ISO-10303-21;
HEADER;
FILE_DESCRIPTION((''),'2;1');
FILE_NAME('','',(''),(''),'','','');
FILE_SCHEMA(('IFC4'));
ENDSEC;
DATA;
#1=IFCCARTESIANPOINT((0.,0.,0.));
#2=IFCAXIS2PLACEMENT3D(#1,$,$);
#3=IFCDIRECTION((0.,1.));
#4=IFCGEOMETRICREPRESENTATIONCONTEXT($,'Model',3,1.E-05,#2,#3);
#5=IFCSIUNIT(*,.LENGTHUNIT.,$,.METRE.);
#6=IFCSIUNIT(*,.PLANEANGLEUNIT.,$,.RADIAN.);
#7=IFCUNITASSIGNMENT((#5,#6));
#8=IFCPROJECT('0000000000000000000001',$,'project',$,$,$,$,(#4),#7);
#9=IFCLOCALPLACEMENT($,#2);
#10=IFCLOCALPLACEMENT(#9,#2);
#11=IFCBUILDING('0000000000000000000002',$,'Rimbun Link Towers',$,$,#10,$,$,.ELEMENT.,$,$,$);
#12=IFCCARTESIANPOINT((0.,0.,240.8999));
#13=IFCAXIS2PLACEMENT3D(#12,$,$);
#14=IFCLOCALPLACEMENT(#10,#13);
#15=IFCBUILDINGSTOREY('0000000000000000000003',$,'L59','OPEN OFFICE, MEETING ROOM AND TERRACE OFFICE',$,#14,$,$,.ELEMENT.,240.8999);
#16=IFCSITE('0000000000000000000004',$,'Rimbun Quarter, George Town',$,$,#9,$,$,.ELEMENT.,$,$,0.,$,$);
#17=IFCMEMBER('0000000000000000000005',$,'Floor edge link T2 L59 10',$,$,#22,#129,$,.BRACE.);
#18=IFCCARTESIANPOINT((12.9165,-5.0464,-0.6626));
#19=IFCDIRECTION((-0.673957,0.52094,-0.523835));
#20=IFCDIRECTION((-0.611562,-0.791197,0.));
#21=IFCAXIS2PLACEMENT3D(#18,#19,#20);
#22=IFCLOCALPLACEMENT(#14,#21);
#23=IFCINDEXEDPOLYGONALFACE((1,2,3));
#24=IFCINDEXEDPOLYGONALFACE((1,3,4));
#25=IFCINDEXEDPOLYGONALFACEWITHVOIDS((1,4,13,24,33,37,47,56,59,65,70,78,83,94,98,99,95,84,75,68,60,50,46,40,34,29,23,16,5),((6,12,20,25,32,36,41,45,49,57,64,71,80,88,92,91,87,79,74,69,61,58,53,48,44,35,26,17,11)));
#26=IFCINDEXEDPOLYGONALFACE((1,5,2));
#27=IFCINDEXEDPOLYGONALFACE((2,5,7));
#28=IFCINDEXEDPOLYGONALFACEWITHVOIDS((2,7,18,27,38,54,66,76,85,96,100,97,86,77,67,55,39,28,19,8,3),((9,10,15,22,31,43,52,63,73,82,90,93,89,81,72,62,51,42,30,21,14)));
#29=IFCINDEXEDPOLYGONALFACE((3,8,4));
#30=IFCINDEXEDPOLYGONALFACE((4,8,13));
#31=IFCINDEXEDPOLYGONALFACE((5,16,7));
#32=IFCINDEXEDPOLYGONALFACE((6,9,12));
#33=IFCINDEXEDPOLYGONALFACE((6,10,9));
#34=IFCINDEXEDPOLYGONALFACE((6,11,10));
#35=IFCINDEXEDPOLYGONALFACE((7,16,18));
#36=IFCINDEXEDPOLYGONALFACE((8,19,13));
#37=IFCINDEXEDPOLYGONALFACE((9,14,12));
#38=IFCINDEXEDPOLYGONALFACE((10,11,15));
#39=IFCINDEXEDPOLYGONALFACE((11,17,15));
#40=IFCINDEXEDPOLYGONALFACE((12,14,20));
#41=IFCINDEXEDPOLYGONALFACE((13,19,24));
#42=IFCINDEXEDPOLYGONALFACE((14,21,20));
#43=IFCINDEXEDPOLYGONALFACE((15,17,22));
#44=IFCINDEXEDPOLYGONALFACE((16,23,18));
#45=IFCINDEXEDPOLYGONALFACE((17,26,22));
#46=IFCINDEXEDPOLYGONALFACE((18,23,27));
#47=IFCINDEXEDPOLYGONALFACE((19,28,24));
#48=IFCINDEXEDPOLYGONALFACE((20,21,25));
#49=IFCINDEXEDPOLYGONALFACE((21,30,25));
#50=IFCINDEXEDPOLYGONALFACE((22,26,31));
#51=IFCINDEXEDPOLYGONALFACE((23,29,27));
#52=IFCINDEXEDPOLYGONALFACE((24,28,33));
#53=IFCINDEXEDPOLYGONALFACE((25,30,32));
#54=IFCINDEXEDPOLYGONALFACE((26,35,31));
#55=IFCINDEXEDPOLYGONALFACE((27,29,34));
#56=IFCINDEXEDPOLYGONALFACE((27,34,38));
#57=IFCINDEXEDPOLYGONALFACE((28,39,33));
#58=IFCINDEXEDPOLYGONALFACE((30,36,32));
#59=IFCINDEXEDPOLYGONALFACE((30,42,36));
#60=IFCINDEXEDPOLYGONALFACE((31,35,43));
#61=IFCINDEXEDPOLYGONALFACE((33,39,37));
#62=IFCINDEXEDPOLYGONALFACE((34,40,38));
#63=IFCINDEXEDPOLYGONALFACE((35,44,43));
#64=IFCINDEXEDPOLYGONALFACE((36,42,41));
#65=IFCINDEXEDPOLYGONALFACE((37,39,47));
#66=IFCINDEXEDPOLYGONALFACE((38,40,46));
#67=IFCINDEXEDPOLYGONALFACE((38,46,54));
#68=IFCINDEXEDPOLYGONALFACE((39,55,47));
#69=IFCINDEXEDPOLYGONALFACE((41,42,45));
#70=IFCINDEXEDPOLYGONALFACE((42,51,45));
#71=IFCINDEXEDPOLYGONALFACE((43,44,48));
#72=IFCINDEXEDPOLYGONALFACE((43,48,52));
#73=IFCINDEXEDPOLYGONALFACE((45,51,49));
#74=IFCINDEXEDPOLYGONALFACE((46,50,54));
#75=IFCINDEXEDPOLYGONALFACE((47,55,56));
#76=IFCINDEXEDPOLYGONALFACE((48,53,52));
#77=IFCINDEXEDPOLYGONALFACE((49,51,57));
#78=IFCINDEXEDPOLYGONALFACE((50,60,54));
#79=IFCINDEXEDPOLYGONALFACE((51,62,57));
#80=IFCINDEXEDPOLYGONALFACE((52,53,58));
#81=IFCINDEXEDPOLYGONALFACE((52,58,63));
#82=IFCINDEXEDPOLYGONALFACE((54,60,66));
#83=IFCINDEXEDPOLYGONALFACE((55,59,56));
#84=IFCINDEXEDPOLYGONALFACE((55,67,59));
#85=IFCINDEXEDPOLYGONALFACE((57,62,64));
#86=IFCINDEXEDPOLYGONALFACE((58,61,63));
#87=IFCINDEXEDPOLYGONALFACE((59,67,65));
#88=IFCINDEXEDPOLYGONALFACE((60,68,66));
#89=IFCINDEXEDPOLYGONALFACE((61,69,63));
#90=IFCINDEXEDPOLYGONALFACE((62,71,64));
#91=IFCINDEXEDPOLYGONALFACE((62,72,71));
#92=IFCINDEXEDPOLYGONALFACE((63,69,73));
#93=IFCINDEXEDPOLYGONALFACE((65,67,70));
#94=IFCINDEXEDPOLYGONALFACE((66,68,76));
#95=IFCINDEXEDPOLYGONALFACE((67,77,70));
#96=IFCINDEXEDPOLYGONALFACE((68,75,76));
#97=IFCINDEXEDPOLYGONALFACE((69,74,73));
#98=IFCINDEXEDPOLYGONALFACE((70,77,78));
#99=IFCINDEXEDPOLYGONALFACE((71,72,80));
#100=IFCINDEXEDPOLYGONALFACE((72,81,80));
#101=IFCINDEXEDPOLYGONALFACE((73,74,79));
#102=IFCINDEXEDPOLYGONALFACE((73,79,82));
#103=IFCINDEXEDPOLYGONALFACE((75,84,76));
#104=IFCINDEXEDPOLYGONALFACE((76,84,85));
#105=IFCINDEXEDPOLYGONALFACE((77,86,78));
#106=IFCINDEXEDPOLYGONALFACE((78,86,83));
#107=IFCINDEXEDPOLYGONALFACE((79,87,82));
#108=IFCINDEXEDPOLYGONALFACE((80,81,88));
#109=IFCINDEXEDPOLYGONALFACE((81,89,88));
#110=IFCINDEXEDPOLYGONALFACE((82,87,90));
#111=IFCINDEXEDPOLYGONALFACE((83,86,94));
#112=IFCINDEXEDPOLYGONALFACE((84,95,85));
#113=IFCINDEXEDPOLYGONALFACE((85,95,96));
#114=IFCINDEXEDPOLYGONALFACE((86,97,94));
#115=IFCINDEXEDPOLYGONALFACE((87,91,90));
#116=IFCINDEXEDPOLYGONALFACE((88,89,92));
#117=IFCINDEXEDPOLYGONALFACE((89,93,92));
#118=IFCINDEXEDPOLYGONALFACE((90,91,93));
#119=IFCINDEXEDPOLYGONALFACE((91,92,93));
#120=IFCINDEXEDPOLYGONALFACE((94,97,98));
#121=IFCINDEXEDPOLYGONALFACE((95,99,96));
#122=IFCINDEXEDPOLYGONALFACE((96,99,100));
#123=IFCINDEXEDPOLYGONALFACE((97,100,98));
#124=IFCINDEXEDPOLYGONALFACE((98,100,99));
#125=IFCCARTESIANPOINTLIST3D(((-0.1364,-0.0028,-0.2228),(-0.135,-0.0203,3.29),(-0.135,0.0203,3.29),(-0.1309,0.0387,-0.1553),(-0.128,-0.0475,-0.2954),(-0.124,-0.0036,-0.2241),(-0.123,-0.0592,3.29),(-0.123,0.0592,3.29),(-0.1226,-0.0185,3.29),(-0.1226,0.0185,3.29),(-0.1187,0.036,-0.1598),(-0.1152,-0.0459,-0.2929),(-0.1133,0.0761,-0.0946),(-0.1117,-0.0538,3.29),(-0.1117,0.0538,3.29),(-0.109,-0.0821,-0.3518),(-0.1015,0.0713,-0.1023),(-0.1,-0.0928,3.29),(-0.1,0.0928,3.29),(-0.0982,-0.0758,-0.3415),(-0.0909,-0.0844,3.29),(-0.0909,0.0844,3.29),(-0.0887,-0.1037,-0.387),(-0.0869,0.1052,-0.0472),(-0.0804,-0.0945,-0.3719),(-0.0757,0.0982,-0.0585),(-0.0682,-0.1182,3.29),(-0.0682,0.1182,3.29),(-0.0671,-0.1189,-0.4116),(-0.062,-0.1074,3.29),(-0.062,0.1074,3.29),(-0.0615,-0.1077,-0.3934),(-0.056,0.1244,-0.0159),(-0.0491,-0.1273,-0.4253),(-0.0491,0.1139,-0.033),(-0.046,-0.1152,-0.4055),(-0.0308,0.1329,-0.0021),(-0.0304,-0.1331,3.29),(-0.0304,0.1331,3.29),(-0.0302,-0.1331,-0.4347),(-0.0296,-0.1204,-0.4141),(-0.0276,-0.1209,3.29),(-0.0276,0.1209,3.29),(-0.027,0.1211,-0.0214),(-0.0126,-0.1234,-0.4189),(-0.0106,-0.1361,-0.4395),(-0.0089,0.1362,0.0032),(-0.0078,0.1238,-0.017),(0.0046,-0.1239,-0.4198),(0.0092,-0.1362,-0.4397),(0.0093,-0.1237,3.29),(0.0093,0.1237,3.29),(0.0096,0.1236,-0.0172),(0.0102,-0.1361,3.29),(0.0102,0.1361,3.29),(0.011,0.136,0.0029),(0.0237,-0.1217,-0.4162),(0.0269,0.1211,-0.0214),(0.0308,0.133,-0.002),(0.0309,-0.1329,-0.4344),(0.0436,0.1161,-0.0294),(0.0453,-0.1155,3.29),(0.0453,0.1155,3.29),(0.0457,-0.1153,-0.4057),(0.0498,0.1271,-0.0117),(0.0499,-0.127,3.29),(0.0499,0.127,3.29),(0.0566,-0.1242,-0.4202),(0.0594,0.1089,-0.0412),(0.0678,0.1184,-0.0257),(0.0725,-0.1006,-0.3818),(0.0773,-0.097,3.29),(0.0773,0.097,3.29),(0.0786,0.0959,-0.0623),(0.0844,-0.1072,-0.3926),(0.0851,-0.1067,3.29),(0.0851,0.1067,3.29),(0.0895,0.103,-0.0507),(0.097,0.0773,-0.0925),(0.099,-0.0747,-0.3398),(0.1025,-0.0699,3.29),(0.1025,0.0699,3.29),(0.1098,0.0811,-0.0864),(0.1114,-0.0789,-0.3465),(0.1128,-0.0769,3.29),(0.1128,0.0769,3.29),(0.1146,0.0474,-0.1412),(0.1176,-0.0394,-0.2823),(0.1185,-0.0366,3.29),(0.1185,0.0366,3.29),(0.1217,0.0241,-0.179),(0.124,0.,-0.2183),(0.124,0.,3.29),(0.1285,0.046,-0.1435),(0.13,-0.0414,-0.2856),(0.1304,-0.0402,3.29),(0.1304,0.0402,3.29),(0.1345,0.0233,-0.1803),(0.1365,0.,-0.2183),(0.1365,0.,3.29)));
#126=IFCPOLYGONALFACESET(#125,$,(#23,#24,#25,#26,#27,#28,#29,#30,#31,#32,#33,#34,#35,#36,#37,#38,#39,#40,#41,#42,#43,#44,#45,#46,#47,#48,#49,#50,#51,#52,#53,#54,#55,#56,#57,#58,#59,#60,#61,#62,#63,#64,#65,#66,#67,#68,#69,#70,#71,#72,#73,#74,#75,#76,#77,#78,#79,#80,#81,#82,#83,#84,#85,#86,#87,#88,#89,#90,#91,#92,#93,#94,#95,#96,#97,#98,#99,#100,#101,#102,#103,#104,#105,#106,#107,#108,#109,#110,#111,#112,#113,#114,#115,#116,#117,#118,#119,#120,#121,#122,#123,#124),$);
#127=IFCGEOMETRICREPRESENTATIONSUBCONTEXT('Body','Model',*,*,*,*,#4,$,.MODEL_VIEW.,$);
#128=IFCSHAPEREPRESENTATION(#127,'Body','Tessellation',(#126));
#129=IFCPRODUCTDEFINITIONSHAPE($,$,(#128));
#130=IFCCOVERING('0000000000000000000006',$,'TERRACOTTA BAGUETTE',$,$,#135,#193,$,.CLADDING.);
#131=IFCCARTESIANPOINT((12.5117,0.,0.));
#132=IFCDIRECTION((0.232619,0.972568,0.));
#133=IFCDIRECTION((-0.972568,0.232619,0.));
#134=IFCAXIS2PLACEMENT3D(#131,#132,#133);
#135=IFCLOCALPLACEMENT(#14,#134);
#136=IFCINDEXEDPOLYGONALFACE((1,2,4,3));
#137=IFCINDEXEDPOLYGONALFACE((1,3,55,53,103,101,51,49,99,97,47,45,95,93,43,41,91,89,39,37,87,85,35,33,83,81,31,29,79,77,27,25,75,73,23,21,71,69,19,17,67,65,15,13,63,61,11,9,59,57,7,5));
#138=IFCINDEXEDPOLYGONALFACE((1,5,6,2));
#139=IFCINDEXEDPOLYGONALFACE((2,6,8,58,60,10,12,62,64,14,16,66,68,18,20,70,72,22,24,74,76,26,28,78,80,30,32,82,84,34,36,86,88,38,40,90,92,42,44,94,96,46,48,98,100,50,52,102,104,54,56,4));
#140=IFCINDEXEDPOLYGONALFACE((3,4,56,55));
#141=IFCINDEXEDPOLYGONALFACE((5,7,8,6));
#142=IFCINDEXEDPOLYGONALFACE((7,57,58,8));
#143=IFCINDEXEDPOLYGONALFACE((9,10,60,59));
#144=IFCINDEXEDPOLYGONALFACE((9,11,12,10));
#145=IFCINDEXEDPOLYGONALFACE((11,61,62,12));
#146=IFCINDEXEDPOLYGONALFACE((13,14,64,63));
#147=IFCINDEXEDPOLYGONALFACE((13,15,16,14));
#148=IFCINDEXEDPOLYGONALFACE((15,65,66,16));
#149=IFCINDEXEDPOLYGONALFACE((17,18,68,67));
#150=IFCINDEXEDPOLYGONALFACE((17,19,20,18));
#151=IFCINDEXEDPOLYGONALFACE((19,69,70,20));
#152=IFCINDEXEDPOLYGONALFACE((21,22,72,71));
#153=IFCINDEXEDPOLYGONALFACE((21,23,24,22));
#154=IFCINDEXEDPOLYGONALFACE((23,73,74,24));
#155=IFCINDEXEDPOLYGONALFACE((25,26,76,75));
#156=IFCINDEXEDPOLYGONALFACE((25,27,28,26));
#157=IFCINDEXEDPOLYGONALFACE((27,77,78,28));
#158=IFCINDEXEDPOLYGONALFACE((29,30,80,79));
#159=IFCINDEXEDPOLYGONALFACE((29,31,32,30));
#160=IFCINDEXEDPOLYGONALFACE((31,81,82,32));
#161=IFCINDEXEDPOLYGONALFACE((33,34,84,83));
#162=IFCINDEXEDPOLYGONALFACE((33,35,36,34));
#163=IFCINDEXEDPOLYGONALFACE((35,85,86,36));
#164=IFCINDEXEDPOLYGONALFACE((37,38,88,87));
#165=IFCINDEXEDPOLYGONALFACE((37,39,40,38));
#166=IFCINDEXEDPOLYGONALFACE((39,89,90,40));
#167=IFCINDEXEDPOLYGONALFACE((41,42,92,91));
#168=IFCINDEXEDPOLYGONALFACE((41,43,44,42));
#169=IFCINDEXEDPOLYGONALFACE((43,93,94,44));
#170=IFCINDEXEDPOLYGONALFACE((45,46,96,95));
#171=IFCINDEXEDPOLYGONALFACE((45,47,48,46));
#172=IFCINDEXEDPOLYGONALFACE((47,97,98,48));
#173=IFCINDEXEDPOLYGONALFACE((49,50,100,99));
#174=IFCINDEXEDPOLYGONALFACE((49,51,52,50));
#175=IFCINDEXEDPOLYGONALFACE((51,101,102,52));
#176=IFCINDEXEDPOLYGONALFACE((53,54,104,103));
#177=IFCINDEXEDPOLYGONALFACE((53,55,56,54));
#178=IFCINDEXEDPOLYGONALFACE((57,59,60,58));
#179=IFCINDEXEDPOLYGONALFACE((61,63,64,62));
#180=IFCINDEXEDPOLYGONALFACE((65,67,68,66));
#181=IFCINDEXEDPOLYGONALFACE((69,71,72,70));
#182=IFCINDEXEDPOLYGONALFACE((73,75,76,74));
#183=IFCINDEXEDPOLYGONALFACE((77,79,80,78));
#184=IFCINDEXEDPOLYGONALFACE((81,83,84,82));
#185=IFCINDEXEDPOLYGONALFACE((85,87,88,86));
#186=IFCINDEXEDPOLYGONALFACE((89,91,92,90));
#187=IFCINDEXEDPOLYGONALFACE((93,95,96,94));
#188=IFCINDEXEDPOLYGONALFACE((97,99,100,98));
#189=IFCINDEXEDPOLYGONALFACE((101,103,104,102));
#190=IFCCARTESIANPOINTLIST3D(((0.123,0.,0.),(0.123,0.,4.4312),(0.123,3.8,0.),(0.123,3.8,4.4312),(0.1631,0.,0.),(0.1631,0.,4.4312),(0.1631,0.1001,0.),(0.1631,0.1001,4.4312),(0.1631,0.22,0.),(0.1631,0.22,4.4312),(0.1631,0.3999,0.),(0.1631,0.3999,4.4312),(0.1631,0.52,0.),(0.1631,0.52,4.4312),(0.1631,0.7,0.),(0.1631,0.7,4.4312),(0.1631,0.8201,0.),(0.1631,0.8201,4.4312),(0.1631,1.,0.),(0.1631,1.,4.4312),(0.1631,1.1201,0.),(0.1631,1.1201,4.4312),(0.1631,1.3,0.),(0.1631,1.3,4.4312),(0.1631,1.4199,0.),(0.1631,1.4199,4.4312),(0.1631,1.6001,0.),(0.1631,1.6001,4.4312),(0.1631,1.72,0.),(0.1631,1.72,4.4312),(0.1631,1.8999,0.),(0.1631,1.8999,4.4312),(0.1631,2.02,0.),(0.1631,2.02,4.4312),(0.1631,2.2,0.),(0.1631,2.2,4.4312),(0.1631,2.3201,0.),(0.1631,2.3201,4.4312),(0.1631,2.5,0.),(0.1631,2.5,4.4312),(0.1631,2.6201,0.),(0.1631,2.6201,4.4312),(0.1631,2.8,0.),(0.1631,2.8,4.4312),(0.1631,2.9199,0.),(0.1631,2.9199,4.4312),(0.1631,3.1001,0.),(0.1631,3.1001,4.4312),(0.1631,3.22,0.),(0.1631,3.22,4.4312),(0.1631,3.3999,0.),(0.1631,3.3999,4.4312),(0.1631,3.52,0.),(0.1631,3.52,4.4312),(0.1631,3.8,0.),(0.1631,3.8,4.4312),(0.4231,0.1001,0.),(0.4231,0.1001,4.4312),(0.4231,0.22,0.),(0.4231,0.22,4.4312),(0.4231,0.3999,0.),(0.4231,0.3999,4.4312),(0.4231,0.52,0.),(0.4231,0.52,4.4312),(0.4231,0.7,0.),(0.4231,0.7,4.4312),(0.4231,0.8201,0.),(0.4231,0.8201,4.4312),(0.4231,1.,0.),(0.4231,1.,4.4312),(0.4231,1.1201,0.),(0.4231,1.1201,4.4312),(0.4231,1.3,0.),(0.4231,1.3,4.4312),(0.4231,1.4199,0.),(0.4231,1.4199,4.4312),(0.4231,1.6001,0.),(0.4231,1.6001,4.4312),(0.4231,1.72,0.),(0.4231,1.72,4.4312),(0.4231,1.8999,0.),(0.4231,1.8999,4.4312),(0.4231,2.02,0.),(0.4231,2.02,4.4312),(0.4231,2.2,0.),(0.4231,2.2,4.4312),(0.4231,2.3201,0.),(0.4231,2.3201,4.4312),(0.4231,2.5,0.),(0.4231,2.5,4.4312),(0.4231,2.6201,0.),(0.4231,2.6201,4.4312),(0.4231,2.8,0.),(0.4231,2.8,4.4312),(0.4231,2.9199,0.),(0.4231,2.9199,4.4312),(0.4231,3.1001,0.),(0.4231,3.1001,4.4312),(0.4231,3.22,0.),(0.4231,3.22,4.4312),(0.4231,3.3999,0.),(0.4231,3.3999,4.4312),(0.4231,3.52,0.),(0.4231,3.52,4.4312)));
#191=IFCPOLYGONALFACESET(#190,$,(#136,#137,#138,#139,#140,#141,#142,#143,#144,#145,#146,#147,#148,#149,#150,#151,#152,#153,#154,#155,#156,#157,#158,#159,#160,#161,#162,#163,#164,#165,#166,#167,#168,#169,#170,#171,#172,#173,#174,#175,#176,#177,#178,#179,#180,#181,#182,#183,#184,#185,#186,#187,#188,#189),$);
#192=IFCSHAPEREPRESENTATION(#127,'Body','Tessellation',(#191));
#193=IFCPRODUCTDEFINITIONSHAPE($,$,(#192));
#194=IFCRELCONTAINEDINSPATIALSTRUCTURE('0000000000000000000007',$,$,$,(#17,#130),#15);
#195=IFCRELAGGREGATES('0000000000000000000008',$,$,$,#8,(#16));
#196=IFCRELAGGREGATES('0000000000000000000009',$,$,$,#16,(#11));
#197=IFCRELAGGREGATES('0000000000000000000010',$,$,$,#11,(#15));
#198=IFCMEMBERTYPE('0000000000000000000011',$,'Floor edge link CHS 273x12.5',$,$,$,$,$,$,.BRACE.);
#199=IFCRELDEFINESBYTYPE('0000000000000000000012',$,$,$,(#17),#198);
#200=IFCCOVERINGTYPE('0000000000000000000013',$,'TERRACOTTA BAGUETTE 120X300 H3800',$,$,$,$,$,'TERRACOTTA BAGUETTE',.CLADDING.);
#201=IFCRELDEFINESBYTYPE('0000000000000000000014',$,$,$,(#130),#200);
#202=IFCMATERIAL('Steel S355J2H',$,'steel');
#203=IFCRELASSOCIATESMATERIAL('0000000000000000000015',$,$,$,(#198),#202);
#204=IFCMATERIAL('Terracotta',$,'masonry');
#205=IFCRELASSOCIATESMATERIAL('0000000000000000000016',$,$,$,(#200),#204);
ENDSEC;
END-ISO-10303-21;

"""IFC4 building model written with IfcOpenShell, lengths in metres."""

from ifc_helpers import new_model, si_unit, direction, frame, origin, origin_2d, place, context, subcontext, project, spatial, polyline, hollow_circle, outline, extrude, clip, halfspace, material, material_profile, profile_set, type_object, element, save


model = new_model("IFC4")

# Units and contexts
model_context = context("Model", 3, precision=1e-05, world=origin(), true_north=direction((0.0, 1.0)))
body_context = subcontext(model_context, "Body", "Model", "MODEL_VIEW")
ifc_project = project(units=[si_unit("LENGTHUNIT", "METRE"), si_unit("PLANEANGLEUNIT", "RADIAN")], contexts=[model_context])

# Site, building, storey
site_placement = place(None, origin())
site = spatial("IfcSite", under=ifc_project, at=site_placement, Name="Rimbun Quarter, George Town", CompositionType="ELEMENT", RefElevation=0.0)
building_placement = place(site_placement, origin())
building = spatial("IfcBuilding", under=site, at=building_placement, Name="Rimbun Link Towers", CompositionType="ELEMENT")
storey_placement = place(building_placement, frame((0.0, 0.0, 240.8999)))
storey = spatial("IfcBuildingStorey", under=building, at=storey_placement, Name="L59", Description="OPEN OFFICE, MEETING ROOM AND TERRACE OFFICE", CompositionType="ELEMENT", Elevation=240.8999)

# Member
ifc_material_1 = material(Name="Steel S355J2H", Category="steel")
ifc_material_profile_1 = material_profile(ifc_material_1, hollow_circle(Radius=0.1365, WallThickness=0.0125, at=origin_2d()), Name="CHS 273x12.5")
ifc_profile_set_1 = profile_set([ifc_material_profile_1], Name="Steel S355J2H")
member_type_1 = type_object("IfcMemberType", Name="Floor edge link CHS 273x12.5", PredefinedType="BRACE", material=ifc_profile_set_1)
member_1_placement = place(storey_placement, frame((12.9165, -5.0464, -0.6626), z_axis=(-0.673957, 0.52094, -0.523835), x_axis=(-0.611562, -0.791197, 0.0)))
element("IfcMember", 1, at=member_1_placement, inside=storey, type_object=member_type_1, Name="Floor edge link T2 L59 10", PredefinedType="BRACE", context=body_context, shape_type="Clipping", body=[
    clip(extrude(hollow_circle(Radius=0.1365, WallThickness=0.0125, at=origin_2d()), frame((0.0, 0.0, -0.4629)), (0.0, 0.0, 1.0), 3.7529), halfspace(frame((0.0, 0.0, -0.2183), z_axis=(0.0, 0.85182, -0.523835)), False)),
])

# Covering
ifc_material_2 = material(Name="Terracotta", Category="masonry")
ifc_material_profile_2 = material_profile(ifc_material_2, outline(polyline([(0.123, 0.0), (0.1631, 0.0), (0.1631, 0.1001), (0.4231, 0.1001), (0.4231, 0.22), (0.1631, 0.22), (0.1631, 0.3999), (0.4231, 0.3999), (0.4231, 0.52), (0.1631, 0.52), (0.1631, 0.7), (0.4231, 0.7), (0.4231, 0.8201), (0.1631, 0.8201), (0.1631, 1.0), (0.4231, 1.0), (0.4231, 1.1201), (0.1631, 1.1201), (0.1631, 1.3), (0.4231, 1.3), (0.4231, 1.4199), (0.1631, 1.4199), (0.1631, 1.6001), (0.4231, 1.6001), (0.4231, 1.72), (0.1631, 1.72), (0.1631, 1.8999), (0.4231, 1.8999), (0.4231, 2.02), (0.1631, 2.02), (0.1631, 2.2), (0.4231, 2.2), (0.4231, 2.3201), (0.1631, 2.3201), (0.1631, 2.5), (0.4231, 2.5), (0.4231, 2.6201), (0.1631, 2.6201), (0.1631, 2.8), (0.4231, 2.8), (0.4231, 2.9199), (0.1631, 2.9199), (0.1631, 3.1001), (0.4231, 3.1001), (0.4231, 3.22), (0.1631, 3.22), (0.1631, 3.3999), (0.4231, 3.3999), (0.4231, 3.52), (0.1631, 3.52), (0.1631, 3.8), (0.123, 3.8), (0.123, 0.0)])), Name="BAGUETTE 120X300")
ifc_profile_set_2 = profile_set([ifc_material_profile_2], Name="Terracotta")
covering_type_1 = type_object("IfcCoveringType", Name="TERRACOTTA BAGUETTE 120X300 H3800", ElementType="TERRACOTTA BAGUETTE", PredefinedType="CLADDING", material=ifc_profile_set_2)
covering_1_placement = place(storey_placement, frame((12.5117, 0.0, 0.0), z_axis=(0.232619, 0.972568, 0.0), x_axis=(-0.972568, 0.232619, 0.0)))
element("IfcCovering", 2, at=covering_1_placement, inside=storey, type_object=covering_type_1, Name="TERRACOTTA BAGUETTE", PredefinedType="CLADDING", context=body_context, shape_type="SweptSolid", body=[
    extrude(outline(polyline([(0.123, 0.0), (0.1631, 0.0), (0.1631, 0.1001), (0.4231, 0.1001), (0.4231, 0.22), (0.1631, 0.22), (0.1631, 0.3999), (0.4231, 0.3999), (0.4231, 0.52), (0.1631, 0.52), (0.1631, 0.7), (0.4231, 0.7), (0.4231, 0.8201), (0.1631, 0.8201), (0.1631, 1.0), (0.4231, 1.0), (0.4231, 1.1201), (0.1631, 1.1201), (0.1631, 1.3), (0.4231, 1.3), (0.4231, 1.4199), (0.1631, 1.4199), (0.1631, 1.6001), (0.4231, 1.6001), (0.4231, 1.72), (0.1631, 1.72), (0.1631, 1.8999), (0.4231, 1.8999), (0.4231, 2.02), (0.1631, 2.02), (0.1631, 2.2), (0.4231, 2.2), (0.4231, 2.3201), (0.1631, 2.3201), (0.1631, 2.5), (0.4231, 2.5), (0.4231, 2.6201), (0.1631, 2.6201), (0.1631, 2.8), (0.4231, 2.8), (0.4231, 2.9199), (0.1631, 2.9199), (0.1631, 3.1001), (0.4231, 3.1001), (0.4231, 3.22), (0.1631, 3.22), (0.1631, 3.3999), (0.4231, 3.3999), (0.4231, 3.52), (0.1631, 3.52), (0.1631, 3.8), (0.123, 3.8), (0.123, 0.0)])), origin(), (0.0, 0.0, 1.0), 4.4312),
])

save(model, "model.ifc")
